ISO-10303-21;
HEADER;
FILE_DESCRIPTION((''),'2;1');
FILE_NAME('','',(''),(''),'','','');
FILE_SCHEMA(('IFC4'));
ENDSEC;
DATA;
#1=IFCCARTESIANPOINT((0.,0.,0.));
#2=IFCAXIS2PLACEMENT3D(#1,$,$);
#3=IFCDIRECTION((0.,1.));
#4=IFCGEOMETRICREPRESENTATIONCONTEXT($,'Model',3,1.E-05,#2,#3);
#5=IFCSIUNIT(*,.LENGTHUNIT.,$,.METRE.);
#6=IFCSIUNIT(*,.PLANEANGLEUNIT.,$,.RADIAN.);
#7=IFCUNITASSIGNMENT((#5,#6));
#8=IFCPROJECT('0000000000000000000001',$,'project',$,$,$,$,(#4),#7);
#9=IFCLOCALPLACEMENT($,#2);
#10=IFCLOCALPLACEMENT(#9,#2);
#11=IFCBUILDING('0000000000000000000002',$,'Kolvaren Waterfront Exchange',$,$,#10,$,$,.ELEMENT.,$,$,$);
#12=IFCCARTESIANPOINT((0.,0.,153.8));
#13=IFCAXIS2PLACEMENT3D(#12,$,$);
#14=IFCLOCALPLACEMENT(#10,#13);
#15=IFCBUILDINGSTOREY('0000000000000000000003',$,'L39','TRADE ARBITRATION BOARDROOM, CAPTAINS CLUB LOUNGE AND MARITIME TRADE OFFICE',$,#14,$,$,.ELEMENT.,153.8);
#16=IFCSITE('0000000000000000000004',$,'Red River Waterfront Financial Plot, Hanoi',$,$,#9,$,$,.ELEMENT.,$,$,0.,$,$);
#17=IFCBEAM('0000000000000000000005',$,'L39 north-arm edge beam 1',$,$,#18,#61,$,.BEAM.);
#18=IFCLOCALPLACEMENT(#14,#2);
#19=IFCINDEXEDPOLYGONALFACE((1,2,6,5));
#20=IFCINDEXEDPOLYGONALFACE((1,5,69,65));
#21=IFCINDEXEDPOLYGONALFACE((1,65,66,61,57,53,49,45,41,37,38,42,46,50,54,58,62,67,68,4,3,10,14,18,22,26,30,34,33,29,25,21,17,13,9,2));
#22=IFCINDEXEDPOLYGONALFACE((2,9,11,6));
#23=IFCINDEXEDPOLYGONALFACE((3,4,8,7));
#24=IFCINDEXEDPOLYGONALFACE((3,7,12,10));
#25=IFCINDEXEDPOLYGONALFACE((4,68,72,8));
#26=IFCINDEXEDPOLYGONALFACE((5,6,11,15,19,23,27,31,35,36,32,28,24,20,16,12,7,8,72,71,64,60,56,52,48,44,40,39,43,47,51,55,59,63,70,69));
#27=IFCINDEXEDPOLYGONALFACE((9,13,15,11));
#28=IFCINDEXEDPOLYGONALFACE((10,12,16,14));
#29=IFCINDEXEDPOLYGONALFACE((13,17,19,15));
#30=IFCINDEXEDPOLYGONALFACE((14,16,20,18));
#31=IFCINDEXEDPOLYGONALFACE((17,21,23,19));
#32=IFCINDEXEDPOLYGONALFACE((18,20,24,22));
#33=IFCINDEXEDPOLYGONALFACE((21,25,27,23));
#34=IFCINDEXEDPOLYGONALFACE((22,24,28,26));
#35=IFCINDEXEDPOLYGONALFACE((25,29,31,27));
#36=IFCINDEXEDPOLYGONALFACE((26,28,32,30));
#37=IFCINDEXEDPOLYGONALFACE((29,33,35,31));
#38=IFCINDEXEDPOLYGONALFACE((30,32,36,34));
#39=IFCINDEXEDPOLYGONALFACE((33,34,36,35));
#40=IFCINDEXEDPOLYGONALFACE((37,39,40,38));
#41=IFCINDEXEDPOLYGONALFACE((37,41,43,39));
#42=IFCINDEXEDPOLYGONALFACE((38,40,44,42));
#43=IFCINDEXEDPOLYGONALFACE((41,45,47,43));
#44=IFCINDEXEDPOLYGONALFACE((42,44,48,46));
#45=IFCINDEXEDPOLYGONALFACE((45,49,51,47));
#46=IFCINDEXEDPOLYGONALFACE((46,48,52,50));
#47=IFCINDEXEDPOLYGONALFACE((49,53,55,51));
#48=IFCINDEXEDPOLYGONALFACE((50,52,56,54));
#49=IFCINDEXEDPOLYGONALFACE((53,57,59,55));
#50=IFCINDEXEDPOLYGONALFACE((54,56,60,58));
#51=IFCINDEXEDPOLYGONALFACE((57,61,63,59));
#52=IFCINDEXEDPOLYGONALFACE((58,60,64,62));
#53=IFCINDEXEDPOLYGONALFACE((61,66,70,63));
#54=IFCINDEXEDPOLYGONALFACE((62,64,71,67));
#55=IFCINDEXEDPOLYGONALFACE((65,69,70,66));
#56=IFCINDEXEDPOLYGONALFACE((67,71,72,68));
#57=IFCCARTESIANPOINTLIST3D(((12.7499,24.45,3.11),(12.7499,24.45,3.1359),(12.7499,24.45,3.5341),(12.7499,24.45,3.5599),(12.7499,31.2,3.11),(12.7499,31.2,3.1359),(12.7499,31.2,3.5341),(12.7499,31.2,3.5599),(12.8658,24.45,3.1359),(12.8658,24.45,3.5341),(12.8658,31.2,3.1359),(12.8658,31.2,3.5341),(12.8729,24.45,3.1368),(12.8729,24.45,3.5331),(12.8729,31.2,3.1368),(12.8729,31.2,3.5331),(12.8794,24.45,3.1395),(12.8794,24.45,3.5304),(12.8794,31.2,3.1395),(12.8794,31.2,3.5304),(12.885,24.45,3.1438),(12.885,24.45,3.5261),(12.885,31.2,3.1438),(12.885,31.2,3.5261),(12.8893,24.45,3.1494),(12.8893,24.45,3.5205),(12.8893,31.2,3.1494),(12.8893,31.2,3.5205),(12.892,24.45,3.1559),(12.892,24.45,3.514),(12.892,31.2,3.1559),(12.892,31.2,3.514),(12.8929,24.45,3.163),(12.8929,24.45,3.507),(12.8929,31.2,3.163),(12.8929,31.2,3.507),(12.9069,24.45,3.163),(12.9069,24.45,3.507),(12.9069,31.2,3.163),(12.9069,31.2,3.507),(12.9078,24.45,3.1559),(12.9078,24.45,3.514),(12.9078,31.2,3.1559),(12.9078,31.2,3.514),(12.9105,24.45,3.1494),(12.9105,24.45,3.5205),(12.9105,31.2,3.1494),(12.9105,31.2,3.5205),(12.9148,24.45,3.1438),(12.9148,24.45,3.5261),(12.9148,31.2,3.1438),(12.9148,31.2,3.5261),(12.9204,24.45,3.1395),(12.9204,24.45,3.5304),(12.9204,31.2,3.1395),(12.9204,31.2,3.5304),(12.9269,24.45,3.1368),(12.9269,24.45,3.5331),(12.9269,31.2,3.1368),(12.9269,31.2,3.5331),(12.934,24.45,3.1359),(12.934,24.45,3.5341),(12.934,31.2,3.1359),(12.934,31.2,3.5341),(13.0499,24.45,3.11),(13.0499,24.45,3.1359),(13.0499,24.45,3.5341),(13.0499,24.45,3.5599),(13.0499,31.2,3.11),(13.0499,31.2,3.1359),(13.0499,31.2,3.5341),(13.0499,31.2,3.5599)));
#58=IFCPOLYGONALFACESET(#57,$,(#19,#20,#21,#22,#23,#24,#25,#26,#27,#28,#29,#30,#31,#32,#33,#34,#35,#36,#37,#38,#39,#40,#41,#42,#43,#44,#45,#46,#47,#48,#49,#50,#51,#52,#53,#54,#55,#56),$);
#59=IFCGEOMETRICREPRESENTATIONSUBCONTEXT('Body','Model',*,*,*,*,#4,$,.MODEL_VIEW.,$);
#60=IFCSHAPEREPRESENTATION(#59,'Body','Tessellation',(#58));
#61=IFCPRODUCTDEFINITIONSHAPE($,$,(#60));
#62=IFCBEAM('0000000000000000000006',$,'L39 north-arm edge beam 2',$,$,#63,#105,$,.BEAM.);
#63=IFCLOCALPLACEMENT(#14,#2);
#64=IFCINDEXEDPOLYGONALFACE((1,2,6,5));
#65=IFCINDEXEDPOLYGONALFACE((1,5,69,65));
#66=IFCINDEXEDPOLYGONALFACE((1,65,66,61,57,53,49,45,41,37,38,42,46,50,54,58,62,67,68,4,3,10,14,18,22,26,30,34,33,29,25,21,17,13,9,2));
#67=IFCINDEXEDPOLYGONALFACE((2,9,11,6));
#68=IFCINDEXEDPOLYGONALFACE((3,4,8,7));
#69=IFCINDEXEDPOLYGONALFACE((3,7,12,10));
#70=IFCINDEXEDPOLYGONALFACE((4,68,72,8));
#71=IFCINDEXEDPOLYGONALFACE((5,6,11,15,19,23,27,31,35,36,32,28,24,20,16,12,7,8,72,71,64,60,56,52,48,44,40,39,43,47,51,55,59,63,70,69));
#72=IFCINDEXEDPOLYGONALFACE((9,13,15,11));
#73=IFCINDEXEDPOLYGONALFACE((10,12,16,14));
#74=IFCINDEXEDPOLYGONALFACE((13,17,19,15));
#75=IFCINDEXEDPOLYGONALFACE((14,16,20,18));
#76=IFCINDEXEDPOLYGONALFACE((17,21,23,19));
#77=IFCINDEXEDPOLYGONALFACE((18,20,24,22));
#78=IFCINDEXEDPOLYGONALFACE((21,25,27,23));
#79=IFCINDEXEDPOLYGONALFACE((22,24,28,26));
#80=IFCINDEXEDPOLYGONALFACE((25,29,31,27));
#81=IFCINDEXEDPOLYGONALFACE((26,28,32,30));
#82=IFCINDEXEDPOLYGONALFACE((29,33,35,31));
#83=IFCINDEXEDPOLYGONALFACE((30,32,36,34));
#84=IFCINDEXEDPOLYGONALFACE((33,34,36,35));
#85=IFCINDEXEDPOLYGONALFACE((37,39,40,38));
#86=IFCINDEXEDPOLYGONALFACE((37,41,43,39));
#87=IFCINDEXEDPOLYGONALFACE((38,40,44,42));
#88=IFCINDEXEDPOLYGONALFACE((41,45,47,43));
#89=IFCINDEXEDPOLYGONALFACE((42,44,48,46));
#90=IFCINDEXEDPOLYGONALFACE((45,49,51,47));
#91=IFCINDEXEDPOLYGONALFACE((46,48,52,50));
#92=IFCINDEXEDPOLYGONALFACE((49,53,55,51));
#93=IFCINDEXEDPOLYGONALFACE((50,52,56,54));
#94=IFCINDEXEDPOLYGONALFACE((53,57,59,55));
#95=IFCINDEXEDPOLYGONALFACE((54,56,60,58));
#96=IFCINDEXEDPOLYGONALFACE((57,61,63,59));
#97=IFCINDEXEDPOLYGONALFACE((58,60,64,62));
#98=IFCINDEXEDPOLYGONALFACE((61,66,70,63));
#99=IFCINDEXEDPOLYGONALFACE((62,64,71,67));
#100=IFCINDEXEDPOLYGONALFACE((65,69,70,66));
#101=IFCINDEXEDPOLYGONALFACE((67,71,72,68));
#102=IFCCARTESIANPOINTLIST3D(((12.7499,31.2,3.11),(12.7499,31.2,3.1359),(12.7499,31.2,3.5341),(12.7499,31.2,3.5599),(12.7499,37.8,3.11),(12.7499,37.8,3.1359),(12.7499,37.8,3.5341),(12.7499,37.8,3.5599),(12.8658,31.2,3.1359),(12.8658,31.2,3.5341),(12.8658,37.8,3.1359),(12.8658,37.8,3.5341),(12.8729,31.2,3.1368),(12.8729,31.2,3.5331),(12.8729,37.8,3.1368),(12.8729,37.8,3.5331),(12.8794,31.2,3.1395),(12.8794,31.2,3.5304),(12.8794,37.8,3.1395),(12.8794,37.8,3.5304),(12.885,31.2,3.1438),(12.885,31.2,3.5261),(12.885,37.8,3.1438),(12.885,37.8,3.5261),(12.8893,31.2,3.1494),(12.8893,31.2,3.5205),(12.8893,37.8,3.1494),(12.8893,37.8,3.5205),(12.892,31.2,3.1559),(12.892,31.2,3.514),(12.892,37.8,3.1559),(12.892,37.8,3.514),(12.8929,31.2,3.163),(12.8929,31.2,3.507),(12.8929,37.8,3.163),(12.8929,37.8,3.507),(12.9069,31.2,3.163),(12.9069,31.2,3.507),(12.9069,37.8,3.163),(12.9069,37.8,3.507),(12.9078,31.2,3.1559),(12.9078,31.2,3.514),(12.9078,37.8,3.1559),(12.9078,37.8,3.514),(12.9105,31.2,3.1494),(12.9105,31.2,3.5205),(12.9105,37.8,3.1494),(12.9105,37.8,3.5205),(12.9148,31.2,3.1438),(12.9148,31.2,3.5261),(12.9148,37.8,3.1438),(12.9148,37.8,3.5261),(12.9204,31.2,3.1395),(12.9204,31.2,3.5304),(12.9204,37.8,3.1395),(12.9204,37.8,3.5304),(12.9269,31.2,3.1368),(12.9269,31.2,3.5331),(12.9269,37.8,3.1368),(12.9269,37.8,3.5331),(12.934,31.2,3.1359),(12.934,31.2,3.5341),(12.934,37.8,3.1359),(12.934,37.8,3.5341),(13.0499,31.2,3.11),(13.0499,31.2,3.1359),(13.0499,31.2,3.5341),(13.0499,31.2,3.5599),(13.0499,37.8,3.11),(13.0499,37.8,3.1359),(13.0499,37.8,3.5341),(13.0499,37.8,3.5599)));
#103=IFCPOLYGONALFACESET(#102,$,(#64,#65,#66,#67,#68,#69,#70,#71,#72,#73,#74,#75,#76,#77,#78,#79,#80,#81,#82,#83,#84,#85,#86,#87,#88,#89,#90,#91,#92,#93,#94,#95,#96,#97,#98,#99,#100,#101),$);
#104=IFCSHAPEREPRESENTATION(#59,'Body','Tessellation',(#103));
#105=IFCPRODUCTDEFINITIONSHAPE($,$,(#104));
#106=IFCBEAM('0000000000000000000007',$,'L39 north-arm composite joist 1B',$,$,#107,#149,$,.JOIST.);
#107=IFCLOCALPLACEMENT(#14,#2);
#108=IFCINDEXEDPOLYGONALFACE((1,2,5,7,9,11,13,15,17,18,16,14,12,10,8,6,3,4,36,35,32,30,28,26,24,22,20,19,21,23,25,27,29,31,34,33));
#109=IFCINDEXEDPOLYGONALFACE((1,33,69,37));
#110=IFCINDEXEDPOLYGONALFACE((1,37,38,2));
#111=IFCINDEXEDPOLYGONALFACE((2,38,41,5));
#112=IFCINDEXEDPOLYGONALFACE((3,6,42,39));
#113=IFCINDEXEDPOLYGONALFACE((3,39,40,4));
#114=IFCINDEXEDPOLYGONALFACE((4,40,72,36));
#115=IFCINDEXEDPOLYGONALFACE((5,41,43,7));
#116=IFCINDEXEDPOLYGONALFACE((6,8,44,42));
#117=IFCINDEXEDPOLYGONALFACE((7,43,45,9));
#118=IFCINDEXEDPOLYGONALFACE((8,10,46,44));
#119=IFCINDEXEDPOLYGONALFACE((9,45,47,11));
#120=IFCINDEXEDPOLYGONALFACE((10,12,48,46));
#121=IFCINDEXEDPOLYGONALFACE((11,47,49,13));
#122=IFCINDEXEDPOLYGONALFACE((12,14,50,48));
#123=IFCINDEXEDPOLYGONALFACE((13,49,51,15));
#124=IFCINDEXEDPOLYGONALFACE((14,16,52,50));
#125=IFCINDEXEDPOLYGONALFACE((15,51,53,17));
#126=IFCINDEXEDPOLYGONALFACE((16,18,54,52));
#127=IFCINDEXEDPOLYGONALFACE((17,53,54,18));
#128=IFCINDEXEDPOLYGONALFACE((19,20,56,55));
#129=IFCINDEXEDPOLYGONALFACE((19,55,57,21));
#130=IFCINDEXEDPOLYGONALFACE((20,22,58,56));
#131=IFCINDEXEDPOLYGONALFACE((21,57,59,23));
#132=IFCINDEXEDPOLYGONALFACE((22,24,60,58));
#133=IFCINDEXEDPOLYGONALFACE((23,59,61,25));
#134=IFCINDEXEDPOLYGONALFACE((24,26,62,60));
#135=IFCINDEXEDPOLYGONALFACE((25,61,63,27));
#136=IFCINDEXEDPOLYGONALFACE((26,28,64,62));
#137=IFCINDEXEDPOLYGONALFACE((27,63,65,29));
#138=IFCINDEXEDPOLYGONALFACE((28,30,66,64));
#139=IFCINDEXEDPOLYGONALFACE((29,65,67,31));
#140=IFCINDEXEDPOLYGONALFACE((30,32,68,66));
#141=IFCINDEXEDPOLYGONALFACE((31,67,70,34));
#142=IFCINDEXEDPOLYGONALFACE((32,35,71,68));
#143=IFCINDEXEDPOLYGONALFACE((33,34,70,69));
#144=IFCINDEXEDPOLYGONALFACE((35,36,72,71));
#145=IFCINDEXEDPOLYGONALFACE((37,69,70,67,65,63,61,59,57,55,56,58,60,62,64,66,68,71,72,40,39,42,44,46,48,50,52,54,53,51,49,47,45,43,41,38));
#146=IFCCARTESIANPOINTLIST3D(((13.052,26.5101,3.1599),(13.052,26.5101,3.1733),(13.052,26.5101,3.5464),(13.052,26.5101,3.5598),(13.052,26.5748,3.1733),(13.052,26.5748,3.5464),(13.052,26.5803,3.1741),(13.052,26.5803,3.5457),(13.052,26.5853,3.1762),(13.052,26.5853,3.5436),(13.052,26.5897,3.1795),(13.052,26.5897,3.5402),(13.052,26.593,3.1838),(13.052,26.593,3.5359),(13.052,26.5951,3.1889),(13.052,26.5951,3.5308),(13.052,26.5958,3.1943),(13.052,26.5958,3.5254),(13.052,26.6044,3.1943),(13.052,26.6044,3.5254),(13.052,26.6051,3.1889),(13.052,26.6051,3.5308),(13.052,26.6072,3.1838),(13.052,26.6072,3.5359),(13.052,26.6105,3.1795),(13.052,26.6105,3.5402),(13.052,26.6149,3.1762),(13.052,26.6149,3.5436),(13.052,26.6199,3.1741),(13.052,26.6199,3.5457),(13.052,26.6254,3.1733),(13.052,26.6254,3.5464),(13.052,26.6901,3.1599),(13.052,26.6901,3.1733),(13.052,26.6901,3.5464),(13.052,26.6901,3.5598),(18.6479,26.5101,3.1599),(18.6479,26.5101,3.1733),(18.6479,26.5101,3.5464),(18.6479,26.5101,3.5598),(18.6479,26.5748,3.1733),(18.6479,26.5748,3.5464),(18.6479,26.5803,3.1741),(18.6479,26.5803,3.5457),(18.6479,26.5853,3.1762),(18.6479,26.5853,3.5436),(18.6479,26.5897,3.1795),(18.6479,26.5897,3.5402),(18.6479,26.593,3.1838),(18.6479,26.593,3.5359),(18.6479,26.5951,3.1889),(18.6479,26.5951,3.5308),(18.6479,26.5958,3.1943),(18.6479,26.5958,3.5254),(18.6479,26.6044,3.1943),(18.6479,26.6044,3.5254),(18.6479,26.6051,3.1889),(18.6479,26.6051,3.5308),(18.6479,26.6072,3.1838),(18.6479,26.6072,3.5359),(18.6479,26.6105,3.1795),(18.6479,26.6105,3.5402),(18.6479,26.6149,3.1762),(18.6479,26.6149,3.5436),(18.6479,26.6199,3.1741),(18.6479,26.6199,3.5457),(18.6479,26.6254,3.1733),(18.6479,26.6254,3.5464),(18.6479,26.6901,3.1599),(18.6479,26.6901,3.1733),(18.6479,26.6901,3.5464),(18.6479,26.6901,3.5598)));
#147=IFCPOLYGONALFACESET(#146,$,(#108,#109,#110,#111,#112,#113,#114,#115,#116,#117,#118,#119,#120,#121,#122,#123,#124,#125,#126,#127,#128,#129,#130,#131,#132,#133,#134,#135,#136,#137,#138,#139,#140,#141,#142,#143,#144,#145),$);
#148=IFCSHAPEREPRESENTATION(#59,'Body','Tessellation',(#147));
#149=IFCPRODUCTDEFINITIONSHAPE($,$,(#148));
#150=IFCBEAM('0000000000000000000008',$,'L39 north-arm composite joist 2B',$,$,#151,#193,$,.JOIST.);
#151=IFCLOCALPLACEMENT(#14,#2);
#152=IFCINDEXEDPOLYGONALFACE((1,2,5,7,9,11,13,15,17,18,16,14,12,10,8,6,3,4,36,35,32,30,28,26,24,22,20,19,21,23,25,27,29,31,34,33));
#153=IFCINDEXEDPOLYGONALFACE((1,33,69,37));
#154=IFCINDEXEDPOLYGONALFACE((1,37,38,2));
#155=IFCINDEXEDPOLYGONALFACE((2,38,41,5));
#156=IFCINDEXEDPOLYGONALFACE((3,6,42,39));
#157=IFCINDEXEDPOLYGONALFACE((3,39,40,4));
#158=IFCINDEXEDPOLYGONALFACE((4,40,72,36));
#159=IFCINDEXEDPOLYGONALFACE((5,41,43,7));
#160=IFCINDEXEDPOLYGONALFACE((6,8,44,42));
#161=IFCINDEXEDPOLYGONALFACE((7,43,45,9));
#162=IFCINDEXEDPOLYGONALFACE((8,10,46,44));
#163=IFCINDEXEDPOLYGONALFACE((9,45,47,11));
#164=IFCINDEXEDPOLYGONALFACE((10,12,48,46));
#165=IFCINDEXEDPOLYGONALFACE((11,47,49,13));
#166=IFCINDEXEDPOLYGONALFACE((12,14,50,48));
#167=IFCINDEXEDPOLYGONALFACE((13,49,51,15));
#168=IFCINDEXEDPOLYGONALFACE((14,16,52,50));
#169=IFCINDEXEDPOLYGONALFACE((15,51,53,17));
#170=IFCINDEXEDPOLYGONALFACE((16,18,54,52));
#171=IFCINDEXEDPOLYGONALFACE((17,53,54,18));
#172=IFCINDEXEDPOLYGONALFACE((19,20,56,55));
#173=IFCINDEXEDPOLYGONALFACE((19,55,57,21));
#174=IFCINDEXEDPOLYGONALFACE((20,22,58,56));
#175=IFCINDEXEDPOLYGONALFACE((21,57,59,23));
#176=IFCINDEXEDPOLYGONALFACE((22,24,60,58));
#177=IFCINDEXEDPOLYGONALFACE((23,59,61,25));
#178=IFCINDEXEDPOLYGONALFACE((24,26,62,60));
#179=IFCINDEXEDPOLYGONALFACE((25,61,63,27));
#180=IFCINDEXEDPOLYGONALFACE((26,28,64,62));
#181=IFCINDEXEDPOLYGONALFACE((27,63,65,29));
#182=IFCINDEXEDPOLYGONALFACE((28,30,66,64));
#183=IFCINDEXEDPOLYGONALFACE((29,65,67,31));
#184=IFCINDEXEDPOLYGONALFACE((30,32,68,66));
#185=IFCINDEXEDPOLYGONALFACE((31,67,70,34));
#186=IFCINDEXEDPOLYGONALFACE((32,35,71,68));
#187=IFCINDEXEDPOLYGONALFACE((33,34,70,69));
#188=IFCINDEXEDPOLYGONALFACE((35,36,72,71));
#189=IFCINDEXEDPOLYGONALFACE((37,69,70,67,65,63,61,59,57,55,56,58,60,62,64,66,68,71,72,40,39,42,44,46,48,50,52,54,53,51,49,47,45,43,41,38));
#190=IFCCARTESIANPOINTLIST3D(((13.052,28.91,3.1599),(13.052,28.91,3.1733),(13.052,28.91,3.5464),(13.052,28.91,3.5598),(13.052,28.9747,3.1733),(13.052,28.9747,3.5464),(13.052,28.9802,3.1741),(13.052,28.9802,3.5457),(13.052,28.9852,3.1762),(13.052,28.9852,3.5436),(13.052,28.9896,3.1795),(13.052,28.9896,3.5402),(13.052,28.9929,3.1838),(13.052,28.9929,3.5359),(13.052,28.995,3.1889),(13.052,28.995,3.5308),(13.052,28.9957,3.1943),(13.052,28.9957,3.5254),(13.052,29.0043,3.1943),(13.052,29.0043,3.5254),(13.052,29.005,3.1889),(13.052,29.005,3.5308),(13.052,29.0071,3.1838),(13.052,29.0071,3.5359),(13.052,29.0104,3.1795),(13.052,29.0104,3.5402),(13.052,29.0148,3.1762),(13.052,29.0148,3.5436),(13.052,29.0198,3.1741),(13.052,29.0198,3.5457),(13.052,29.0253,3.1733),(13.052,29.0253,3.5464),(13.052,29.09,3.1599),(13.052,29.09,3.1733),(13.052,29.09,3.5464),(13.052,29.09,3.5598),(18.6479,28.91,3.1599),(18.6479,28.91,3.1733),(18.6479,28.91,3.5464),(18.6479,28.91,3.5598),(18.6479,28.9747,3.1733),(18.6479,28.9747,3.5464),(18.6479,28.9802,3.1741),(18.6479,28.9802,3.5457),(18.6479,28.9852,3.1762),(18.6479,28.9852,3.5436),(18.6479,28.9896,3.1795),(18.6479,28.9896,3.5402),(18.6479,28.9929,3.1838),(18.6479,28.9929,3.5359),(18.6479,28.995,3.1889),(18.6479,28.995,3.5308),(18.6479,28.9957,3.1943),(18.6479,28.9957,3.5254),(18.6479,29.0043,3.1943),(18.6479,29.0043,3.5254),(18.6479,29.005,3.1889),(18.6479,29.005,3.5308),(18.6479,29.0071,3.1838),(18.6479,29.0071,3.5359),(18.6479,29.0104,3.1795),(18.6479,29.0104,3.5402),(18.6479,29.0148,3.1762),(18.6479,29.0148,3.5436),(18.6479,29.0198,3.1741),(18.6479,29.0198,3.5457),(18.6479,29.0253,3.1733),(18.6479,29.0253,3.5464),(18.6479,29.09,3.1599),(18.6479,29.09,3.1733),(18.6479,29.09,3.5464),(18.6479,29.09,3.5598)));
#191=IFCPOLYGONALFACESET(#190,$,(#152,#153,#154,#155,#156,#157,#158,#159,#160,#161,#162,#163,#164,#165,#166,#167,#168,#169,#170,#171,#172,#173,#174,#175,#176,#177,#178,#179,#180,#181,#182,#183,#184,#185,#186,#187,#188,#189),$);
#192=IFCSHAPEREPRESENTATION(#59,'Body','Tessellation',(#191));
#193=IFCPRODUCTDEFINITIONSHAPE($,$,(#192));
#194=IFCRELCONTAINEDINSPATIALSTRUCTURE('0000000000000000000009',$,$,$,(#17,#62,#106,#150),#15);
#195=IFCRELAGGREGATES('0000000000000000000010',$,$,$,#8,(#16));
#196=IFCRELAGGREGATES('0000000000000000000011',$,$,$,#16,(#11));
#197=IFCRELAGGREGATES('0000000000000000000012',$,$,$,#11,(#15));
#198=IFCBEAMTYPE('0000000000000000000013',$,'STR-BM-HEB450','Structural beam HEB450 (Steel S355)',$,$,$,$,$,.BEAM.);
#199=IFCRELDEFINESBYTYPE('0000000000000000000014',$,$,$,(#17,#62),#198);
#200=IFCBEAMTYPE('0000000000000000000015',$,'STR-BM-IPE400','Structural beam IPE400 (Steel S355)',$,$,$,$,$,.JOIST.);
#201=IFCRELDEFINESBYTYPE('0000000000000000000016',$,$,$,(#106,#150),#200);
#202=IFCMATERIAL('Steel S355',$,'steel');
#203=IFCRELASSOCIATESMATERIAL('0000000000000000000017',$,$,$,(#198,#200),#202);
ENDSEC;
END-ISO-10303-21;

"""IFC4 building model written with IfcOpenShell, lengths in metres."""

from ifc_helpers import new_model, si_unit, direction, frame, origin, origin_2d, place, context, subcontext, project, spatial, i_section, extrude, material, material_profile, profile_set, type_object, element, save


model = new_model("IFC4")

# Units and contexts
model_context = context("Model", 3, precision=1e-05, world=origin(), true_north=direction((0.0, 1.0)))
body_context = subcontext(model_context, "Body", "Model", "MODEL_VIEW")
ifc_project = project(units=[si_unit("LENGTHUNIT", "METRE"), si_unit("PLANEANGLEUNIT", "RADIAN")], contexts=[model_context])

# Site, building, storey
site_placement = place(None, origin())
site = spatial("IfcSite", under=ifc_project, at=site_placement, Name="Red River Waterfront Financial Plot, Hanoi", CompositionType="ELEMENT", RefElevation=0.0)
building_placement = place(site_placement, origin())
building = spatial("IfcBuilding", under=site, at=building_placement, Name="Kolvaren Waterfront Exchange", CompositionType="ELEMENT")
storey_placement = place(building_placement, frame((0.0, 0.0, 153.8)))
storey = spatial("IfcBuildingStorey", under=building, at=storey_placement, Name="L39", Description="TRADE ARBITRATION BOARDROOM, CAPTAINS CLUB LOUNGE AND MARITIME TRADE OFFICE", CompositionType="ELEMENT", Elevation=153.8)

# Beams
ifc_material_1 = material(Name="Steel S355", Category="steel")
ifc_material_profile_1 = material_profile(ifc_material_1, i_section(OverallWidth=0.3, OverallDepth=0.45, WebThickness=0.0139, FlangeThickness=0.0259, FilletRadius=0.0271, at=origin_2d()), Name="HEB450")
ifc_profile_set_1 = profile_set([ifc_material_profile_1], Name="Steel S355")
beam_type_1 = type_object("IfcBeamType", Name="STR-BM-HEB450", Description="Structural beam HEB450 (Steel S355)", PredefinedType="BEAM", material=ifc_profile_set_1)
beam_1_placement = place(storey_placement, frame((12.8999, 24.45, 3.335), z_axis=(0.0, 1.0, 0.0), x_axis=(-1.0, 0.0, 0.0)))
element("IfcBeam", 1, at=beam_1_placement, inside=storey, type_object=beam_type_1, Name="L39 north-arm edge beam 1", PredefinedType="BEAM", context=body_context, shape_type="SweptSolid", body=[
    extrude(i_section(OverallWidth=0.3, OverallDepth=0.45, WebThickness=0.0139, FlangeThickness=0.0259, FilletRadius=0.0271, at=origin_2d()), origin(), (0.0, 0.0, 1.0), 6.75),
])
beam_2_placement = place(storey_placement, frame((12.8999, 31.2, 3.335), z_axis=(0.0, 1.0, 0.0), x_axis=(-1.0, 0.0, 0.0)))
element("IfcBeam", 2, at=beam_2_placement, inside=storey, type_object=beam_type_1, Name="L39 north-arm edge beam 2", PredefinedType="BEAM", context=body_context, shape_type="SweptSolid", body=[
    extrude(i_section(OverallWidth=0.3, OverallDepth=0.45, WebThickness=0.0139, FlangeThickness=0.0259, FilletRadius=0.0271, at=origin_2d()), origin(), (0.0, 0.0, 1.0), 6.6001),
])
ifc_material_profile_2 = material_profile(ifc_material_1, i_section(OverallWidth=0.1799, OverallDepth=0.3999, WebThickness=0.0085, FlangeThickness=0.0134, FilletRadius=0.021, at=origin_2d()), Name="IPE400")
ifc_profile_set_2 = profile_set([ifc_material_profile_2], Name="Steel S355")
beam_type_2 = type_object("IfcBeamType", Name="STR-BM-IPE400", Description="Structural beam IPE400 (Steel S355)", PredefinedType="JOIST", material=ifc_profile_set_2)
for number, where, z_axis, x_axis, name in (
    (3, (13.052, 26.6001, 3.3599), (1.0, 0.0, 0.0), (0.0, 1.0, 0.0), "L39 north-arm composite joist 1B"),
    (4, (13.052, 29.0, 3.3599), (1.0, 0.0, 0.0), (0.0, 1.0, 0.0), "L39 north-arm composite joist 2B"),
):
    element("IfcBeam", number, at=place(storey_placement, frame(where, z_axis=z_axis, x_axis=x_axis)), inside=storey, type_object=beam_type_2, Name=name, PredefinedType="JOIST", context=body_context, shape_type="SweptSolid", body=[
        extrude(i_section(OverallWidth=0.1799, OverallDepth=0.3999, WebThickness=0.0085, FlangeThickness=0.0134, FilletRadius=0.021, at=origin_2d()), origin(), (0.0, 0.0, 1.0), 5.5959),
    ])

save(model, "model.ifc")
